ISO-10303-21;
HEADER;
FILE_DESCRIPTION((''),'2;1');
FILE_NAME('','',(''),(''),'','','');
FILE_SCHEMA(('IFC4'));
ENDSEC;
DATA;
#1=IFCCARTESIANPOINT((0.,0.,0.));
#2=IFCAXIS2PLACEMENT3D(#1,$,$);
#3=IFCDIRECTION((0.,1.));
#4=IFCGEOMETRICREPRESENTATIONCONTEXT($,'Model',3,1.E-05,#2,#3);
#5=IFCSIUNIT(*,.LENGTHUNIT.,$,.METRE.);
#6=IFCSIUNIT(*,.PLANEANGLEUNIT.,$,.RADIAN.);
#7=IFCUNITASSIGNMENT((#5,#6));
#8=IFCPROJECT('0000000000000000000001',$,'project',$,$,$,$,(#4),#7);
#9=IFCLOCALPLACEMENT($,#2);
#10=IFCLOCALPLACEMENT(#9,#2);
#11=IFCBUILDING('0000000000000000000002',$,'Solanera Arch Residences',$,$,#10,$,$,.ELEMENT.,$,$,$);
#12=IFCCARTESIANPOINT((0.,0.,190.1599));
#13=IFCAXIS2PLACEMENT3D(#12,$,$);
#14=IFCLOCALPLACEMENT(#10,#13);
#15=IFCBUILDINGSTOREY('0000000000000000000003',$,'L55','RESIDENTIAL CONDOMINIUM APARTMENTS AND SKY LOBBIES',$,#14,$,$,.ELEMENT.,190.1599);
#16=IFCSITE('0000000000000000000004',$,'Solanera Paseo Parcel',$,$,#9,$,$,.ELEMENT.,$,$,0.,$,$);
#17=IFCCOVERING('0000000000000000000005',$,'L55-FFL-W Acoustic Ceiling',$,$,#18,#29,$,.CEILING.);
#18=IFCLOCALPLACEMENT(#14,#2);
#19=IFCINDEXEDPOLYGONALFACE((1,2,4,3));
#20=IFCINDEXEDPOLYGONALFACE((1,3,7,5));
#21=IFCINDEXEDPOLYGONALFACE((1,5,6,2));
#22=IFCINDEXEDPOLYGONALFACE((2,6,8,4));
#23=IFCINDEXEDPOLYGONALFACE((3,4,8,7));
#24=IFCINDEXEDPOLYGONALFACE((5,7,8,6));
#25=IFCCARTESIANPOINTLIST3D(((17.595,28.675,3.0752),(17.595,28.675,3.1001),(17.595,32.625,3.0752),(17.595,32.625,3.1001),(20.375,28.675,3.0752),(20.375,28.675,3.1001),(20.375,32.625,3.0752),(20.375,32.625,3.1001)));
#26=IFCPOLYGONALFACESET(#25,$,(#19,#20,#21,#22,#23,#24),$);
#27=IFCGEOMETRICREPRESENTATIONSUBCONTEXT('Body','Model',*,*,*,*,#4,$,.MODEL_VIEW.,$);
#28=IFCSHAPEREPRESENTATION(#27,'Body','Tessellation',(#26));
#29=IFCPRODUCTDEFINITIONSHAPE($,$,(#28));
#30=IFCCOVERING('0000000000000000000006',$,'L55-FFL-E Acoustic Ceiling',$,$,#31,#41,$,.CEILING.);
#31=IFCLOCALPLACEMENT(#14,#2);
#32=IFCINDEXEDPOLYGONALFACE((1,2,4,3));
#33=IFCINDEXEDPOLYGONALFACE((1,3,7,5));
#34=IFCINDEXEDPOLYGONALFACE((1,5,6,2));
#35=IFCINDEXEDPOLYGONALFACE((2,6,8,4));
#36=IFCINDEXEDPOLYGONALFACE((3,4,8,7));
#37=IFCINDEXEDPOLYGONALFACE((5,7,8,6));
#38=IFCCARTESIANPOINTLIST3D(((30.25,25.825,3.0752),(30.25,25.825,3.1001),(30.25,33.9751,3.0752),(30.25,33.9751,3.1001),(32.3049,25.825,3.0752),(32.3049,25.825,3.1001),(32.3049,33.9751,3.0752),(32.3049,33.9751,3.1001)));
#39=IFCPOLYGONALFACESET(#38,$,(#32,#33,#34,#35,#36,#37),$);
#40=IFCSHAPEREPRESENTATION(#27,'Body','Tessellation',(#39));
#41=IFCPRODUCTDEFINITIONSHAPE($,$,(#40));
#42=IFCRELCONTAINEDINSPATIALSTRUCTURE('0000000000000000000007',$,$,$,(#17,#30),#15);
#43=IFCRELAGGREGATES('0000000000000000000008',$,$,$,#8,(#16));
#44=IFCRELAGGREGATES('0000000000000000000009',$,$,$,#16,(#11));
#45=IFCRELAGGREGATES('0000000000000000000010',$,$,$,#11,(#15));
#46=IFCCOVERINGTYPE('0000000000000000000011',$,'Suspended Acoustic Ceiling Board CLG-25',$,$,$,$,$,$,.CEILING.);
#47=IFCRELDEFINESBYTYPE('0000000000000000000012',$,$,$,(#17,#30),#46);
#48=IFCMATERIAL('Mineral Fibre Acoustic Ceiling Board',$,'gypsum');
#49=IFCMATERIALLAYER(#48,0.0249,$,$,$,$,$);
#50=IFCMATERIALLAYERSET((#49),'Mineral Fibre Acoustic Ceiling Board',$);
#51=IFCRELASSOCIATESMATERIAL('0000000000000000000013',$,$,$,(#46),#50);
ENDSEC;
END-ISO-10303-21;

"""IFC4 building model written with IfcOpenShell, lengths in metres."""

from ifc_helpers import new_model, si_unit, direction, frame, origin, place, context, subcontext, project, spatial, polyline, outline, extrude, material, layer, layer_set, type_object, element, save


model = new_model("IFC4")

# Units and contexts
model_context = context("Model", 3, precision=1e-05, world=origin(), true_north=direction((0.0, 1.0)))
body_context = subcontext(model_context, "Body", "Model", "MODEL_VIEW")
ifc_project = project(units=[si_unit("LENGTHUNIT", "METRE"), si_unit("PLANEANGLEUNIT", "RADIAN")], contexts=[model_context])

# Site, building, storey
site_placement = place(None, origin())
site = spatial("IfcSite", under=ifc_project, at=site_placement, Name="Solanera Paseo Parcel", CompositionType="ELEMENT", RefElevation=0.0)
building_placement = place(site_placement, origin())
building = spatial("IfcBuilding", under=site, at=building_placement, Name="Solanera Arch Residences", CompositionType="ELEMENT")
storey_placement = place(building_placement, frame((0.0, 0.0, 190.1599)))
storey = spatial("IfcBuildingStorey", under=building, at=storey_placement, Name="L55", Description="RESIDENTIAL CONDOMINIUM APARTMENTS AND SKY LOBBIES", CompositionType="ELEMENT", Elevation=190.1599)

# Coverings
ifc_material_1 = material(Name="Mineral Fibre Acoustic Ceiling Board", Category="gypsum")
ifc_layer_1 = layer(ifc_material_1, 0.0249)
ifc_layer_set_1 = layer_set([ifc_layer_1], Name="Mineral Fibre Acoustic Ceiling Board")
covering_type_1 = type_object("IfcCoveringType", Name="Suspended Acoustic Ceiling Board CLG-25", PredefinedType="CEILING", material=ifc_layer_set_1)
covering_1_placement = place(storey_placement, frame((0.0, 0.0, 3.0752)))
element("IfcCovering", 1, at=covering_1_placement, inside=storey, type_object=covering_type_1, Name="L55-FFL-W Acoustic Ceiling", PredefinedType="CEILING", context=body_context, shape_type="SweptSolid", body=[
    extrude(outline(polyline([(20.375, 28.675), (17.595, 28.675), (17.595, 32.625), (20.375, 32.625), (20.375, 28.675)])), origin(), (0.0, 0.0, 1.0), 0.0249),
])
covering_2_placement = place(storey_placement, frame((0.0, 0.0, 3.0752)))
element("IfcCovering", 2, at=covering_2_placement, inside=storey, type_object=covering_type_1, Name="L55-FFL-E Acoustic Ceiling", PredefinedType="CEILING", context=body_context, shape_type="SweptSolid", body=[
    extrude(outline(polyline([(32.3049, 25.825), (30.25, 25.825), (30.25, 33.9751), (32.3049, 33.9751), (32.3049, 25.825)])), origin(), (0.0, 0.0, 1.0), 0.0249),
])

save(model, "model.ifc")
